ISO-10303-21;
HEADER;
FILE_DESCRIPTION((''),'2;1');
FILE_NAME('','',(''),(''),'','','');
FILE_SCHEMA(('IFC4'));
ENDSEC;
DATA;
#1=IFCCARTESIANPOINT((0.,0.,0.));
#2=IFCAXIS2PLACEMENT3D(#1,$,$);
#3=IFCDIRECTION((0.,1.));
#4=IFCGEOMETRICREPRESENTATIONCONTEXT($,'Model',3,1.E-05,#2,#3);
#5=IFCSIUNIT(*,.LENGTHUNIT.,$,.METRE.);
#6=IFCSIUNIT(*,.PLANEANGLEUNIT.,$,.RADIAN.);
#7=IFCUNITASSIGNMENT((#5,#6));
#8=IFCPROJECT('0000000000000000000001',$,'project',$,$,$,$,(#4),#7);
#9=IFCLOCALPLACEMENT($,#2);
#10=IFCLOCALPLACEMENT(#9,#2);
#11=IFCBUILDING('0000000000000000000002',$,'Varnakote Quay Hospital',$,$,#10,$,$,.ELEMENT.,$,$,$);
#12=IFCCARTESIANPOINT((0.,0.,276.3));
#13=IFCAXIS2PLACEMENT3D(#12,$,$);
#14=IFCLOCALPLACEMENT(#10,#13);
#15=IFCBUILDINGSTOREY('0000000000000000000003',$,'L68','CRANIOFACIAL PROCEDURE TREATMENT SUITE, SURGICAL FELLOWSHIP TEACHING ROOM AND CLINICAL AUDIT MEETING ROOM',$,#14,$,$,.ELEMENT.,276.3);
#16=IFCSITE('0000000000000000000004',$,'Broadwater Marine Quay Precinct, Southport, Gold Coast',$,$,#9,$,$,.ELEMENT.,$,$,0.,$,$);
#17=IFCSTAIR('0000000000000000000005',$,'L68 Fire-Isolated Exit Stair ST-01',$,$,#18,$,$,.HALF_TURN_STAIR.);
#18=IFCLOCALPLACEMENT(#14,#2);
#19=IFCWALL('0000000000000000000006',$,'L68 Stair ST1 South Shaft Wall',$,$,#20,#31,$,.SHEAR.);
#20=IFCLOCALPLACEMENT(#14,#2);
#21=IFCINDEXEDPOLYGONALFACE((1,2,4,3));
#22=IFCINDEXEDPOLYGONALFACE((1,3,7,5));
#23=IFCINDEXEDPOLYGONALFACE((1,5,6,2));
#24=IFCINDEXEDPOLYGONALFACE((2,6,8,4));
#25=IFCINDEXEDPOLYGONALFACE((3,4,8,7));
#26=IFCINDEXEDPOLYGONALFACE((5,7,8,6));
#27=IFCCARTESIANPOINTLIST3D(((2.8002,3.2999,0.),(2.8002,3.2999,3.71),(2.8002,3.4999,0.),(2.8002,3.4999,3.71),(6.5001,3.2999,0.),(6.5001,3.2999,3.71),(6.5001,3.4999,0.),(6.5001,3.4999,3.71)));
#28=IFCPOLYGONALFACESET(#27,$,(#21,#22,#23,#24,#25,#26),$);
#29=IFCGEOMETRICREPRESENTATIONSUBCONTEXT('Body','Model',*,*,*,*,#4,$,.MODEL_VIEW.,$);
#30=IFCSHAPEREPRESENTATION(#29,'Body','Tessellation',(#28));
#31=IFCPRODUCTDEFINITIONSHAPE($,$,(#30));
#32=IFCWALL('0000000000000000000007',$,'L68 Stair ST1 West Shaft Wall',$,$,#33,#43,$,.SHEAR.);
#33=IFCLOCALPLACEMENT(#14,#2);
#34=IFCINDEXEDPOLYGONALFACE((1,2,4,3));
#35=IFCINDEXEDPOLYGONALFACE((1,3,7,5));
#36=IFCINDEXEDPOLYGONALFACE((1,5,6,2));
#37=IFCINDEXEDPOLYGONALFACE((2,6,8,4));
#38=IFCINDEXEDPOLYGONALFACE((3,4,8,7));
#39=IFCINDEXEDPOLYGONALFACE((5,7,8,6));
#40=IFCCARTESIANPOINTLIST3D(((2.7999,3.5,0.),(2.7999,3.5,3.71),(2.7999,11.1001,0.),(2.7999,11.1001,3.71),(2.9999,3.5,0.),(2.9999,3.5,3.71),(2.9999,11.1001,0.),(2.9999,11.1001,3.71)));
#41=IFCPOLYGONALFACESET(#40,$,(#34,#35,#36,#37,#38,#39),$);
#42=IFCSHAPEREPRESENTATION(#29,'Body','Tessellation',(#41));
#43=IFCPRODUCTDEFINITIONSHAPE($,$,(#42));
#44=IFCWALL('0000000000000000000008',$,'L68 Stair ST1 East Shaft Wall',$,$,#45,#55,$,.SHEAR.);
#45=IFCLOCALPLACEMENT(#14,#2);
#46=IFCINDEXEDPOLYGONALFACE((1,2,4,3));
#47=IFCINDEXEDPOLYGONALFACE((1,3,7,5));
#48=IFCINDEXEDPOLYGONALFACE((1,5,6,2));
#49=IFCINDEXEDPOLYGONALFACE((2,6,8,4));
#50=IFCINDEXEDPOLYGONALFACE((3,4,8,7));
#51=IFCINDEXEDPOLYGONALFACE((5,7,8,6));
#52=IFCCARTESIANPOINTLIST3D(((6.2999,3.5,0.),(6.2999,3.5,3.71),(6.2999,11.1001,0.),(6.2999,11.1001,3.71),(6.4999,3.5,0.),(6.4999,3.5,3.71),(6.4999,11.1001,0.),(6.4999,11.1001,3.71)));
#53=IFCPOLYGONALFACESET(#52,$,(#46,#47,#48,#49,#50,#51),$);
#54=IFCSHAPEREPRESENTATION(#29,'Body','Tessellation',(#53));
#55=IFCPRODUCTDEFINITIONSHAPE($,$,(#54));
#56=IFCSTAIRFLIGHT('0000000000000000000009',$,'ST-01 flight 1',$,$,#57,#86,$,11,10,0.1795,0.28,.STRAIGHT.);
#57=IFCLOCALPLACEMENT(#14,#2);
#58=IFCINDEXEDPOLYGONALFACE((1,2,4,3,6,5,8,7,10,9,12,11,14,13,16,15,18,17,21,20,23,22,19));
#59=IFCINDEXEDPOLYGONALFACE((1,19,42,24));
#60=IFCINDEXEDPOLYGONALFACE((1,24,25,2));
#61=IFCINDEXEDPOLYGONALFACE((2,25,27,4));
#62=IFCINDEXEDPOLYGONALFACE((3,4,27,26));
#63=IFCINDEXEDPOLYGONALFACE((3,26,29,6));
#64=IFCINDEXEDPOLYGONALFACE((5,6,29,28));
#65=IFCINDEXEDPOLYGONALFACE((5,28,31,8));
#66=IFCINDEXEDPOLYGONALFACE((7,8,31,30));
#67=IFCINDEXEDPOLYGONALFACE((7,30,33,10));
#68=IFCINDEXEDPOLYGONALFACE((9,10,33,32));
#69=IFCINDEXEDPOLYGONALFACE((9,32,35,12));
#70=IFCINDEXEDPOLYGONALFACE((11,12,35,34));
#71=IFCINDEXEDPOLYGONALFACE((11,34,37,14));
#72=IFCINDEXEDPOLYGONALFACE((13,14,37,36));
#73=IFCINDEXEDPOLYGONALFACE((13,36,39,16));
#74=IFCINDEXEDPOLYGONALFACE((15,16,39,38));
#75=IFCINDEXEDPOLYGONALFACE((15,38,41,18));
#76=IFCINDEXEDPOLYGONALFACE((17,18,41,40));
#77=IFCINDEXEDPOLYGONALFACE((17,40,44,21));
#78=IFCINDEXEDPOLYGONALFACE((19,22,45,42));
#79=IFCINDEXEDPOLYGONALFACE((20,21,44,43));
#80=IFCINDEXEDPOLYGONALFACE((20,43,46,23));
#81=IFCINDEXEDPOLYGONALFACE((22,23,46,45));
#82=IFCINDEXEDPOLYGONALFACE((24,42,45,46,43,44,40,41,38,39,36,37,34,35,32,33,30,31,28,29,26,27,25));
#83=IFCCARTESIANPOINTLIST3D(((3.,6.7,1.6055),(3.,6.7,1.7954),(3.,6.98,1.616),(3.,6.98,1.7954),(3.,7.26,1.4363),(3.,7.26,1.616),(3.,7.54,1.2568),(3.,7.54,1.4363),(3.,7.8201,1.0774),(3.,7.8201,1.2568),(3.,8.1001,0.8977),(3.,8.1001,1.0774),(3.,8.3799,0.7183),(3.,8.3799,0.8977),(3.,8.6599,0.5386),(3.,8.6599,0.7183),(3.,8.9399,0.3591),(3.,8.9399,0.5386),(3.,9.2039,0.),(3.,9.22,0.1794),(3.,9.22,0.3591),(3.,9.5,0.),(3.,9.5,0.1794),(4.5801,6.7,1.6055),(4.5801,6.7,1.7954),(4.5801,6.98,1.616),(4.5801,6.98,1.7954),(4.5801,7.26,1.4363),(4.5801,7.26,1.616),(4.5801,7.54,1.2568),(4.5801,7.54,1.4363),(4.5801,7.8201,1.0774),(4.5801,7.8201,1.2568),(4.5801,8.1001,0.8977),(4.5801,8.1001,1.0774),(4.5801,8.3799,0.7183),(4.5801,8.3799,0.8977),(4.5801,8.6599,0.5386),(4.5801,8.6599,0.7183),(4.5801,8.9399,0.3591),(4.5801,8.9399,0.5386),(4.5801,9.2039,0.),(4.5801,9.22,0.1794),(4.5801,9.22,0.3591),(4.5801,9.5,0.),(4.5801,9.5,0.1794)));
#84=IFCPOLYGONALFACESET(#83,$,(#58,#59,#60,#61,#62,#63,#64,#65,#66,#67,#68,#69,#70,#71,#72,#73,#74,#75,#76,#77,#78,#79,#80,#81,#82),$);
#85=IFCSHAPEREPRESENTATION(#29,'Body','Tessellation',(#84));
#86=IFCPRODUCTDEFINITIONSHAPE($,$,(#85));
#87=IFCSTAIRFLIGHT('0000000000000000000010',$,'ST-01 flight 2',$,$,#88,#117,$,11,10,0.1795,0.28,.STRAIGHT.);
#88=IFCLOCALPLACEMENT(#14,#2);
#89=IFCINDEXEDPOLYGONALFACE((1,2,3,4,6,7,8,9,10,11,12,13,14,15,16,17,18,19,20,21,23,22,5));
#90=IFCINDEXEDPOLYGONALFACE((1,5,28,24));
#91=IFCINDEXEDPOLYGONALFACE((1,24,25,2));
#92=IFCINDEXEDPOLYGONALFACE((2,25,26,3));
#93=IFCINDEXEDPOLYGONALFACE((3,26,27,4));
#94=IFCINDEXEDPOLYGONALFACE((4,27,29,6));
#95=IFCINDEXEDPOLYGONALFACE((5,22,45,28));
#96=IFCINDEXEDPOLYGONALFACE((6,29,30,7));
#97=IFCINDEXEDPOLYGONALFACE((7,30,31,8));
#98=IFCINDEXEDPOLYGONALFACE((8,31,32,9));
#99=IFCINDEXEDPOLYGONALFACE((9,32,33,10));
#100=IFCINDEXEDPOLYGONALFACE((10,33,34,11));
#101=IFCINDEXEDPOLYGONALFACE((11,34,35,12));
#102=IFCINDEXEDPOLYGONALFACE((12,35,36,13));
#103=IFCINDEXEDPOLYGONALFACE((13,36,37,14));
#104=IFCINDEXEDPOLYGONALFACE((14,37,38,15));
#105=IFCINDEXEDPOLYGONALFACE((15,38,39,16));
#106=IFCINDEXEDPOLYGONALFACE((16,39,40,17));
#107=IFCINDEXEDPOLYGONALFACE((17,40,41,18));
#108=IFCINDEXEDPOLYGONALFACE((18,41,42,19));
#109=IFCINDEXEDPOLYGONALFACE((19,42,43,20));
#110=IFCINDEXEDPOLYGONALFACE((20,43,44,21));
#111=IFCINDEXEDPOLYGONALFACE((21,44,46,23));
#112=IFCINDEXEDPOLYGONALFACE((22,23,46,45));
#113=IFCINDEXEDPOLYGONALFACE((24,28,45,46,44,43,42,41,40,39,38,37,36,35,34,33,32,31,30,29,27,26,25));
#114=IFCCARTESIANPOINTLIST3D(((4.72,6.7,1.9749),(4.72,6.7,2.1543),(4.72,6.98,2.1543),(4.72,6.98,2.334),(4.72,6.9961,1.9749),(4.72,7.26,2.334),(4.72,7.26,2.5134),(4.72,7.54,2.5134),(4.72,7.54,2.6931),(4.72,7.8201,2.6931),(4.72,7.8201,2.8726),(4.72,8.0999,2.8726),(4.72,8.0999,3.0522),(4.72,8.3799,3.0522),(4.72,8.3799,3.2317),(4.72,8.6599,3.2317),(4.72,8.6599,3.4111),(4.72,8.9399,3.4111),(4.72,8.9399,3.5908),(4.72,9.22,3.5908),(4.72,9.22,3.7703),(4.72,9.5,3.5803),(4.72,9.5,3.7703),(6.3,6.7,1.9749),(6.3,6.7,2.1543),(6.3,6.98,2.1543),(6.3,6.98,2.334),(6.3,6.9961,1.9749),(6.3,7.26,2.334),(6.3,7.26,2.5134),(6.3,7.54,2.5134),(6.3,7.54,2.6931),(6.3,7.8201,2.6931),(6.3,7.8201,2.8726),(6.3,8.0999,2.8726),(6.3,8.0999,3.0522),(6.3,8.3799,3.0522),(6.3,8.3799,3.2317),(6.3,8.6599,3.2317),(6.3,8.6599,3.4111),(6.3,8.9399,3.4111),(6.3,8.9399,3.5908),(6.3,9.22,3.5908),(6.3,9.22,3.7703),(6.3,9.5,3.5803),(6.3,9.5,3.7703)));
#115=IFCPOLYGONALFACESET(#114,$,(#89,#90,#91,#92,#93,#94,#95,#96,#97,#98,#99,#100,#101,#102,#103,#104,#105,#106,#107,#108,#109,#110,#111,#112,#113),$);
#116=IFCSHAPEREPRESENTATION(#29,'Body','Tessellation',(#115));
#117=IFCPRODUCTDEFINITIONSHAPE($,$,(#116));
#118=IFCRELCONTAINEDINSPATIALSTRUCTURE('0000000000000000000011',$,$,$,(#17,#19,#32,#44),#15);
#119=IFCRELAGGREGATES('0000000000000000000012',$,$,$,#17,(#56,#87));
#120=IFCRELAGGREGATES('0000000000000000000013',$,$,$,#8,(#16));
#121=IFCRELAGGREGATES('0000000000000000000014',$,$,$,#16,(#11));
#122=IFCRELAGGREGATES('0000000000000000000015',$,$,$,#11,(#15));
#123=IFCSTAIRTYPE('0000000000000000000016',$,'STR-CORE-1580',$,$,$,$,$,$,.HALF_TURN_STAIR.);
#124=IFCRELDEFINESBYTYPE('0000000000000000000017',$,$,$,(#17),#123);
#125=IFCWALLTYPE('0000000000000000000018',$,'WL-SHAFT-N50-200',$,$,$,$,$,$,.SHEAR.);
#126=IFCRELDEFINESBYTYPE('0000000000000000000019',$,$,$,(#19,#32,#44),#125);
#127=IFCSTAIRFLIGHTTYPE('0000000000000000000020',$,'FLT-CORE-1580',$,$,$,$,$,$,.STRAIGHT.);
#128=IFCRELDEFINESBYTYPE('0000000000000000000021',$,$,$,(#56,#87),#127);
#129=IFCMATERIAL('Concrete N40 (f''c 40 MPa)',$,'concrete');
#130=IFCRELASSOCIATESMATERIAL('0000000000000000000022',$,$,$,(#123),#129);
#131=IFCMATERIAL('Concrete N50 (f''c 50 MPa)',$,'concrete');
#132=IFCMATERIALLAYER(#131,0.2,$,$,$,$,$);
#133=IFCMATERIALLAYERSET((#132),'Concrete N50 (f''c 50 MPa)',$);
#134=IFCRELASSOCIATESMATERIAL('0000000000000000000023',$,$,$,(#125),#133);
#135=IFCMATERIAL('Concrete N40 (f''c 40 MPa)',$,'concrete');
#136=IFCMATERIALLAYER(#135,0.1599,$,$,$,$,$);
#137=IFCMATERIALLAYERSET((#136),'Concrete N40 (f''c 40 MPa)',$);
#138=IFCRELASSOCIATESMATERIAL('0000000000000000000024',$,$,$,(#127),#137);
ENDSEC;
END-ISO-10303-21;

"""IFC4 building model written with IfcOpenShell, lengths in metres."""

from ifc_helpers import new_model, si_unit, direction, frame, frame_2d, origin, place, context, subcontext, project, spatial, polyline, rectangle, outline, extrude, material, layer, layer_set, type_object, element, aggregate, save


model = new_model("IFC4")

# Units and contexts
model_context = context("Model", 3, precision=1e-05, world=origin(), true_north=direction((0.0, 1.0)))
body_context = subcontext(model_context, "Body", "Model", "MODEL_VIEW")
ifc_project = project(units=[si_unit("LENGTHUNIT", "METRE"), si_unit("PLANEANGLEUNIT", "RADIAN")], contexts=[model_context])

# Site, building, storey
site_placement = place(None, origin())
site = spatial("IfcSite", under=ifc_project, at=site_placement, Name="Broadwater Marine Quay Precinct, Southport, Gold Coast", CompositionType="ELEMENT", RefElevation=0.0)
building_placement = place(site_placement, origin())
building = spatial("IfcBuilding", under=site, at=building_placement, Name="Varnakote Quay Hospital", CompositionType="ELEMENT")
storey_placement = place(building_placement, frame((0.0, 0.0, 276.3)))
storey = spatial("IfcBuildingStorey", under=building, at=storey_placement, Name="L68", Description="CRANIOFACIAL PROCEDURE TREATMENT SUITE, SURGICAL FELLOWSHIP TEACHING ROOM AND CLINICAL AUDIT MEETING ROOM", CompositionType="ELEMENT", Elevation=276.3)

# Stair
ifc_material_1 = material(Name="Concrete N40 (f'c 40 MPa)", Category="concrete")
stair_type = type_object("IfcStairType", Name="STR-CORE-1580", PredefinedType="HALF_TURN_STAIR", material=ifc_material_1)
stair_1_placement = place(storey_placement, origin())
stair_1 = element("IfcStair", 1, at=stair_1_placement, inside=storey, type_object=stair_type, Name="L68 Fire-Isolated Exit Stair ST-01", PredefinedType="HALF_TURN_STAIR")

# Walls
ifc_material_2 = material(Name="Concrete N50 (f'c 50 MPa)", Category="concrete")
ifc_layer_1 = layer(ifc_material_2, 0.2)
ifc_layer_set_1 = layer_set([ifc_layer_1], Name="Concrete N50 (f'c 50 MPa)")
wall_type_1 = type_object("IfcWallType", Name="WL-SHAFT-N50-200", PredefinedType="SHEAR", material=ifc_layer_set_1)
wall_1_placement = place(storey_placement, frame((2.8, 3.3999, 0.0), z_axis=(0.0, 0.0, 1.0), x_axis=(1.0, 0.0, 0.0)))
element("IfcWall", 2, at=wall_1_placement, inside=storey, type_object=wall_type_1, Name="L68 Stair ST1 South Shaft Wall", PredefinedType="SHEAR", context=body_context, shape_type="SweptSolid", body=[
    extrude(rectangle(XDim=3.7, YDim=0.2, at=frame_2d((1.8501, 0.0))), origin(), (0.0, 0.0, 1.0), 3.71),
])
for number, where, z_axis, x_axis, name in (
    (3, (2.8999, 3.5, 0.0), (0.0, 0.0, 1.0), (0.0, 1.0, 0.0), "L68 Stair ST1 West Shaft Wall"),
    (4, (6.3999, 3.5, 0.0), (0.0, 0.0, 1.0), (0.0, 1.0, 0.0), "L68 Stair ST1 East Shaft Wall"),
):
    element("IfcWall", number, at=place(storey_placement, frame(where, z_axis=z_axis, x_axis=x_axis)), inside=storey, type_object=wall_type_1, Name=name, PredefinedType="SHEAR", context=body_context, shape_type="SweptSolid", body=[
        extrude(rectangle(XDim=7.6001, YDim=0.2, at=frame_2d((3.8, 0.0))), origin(), (0.0, 0.0, 1.0), 3.71),
    ])

# Stair flights
ifc_material_3 = material(Name="Concrete N40 (f'c 40 MPa)", Category="concrete")
ifc_layer_2 = layer(ifc_material_3, 0.1599)
ifc_layer_set_2 = layer_set([ifc_layer_2], Name="Concrete N40 (f'c 40 MPa)")
stair_flight_type = type_object("IfcStairFlightType", Name="FLT-CORE-1580", PredefinedType="STRAIGHT", material=ifc_layer_set_2)
stair_flight_1_placement = place(storey_placement, frame((3.79, 9.5, 0.0), z_axis=(0.0, 0.0, 1.0), x_axis=(0.0, -1.0, 0.0)))
stair_flight_1 = element("IfcStairFlight", 5, at=stair_flight_1_placement, type_object=stair_flight_type, Name="ST-01 flight 1", NumberOfRisers=11, NumberOfTreads=10, PredefinedType="STRAIGHT", RiserHeight=0.1795, TreadLength=0.28, context=body_context, shape_type="SweptSolid", body=[
    extrude(outline(polyline([(0.0, 0.0), (0.0, 0.1794), (0.28, 0.1794), (0.28, 0.3591), (0.5601, 0.3591), (0.5601, 0.5386), (0.8401, 0.5386), (0.8401, 0.7183), (1.1201, 0.7183), (1.1201, 0.8977), (1.3999, 0.8977), (1.3999, 1.0774), (1.6799, 1.0774), (1.6799, 1.2568), (1.96, 1.2568), (1.96, 1.4363), (2.24, 1.4363), (2.24, 1.616), (2.52, 1.616), (2.52, 1.7954), (2.8, 1.7954), (2.8, 1.9751), (2.8, 1.6055), (0.2961, 0.0), (0.0, 0.0)])), frame((0.0, 0.79, 0.0), z_axis=(0.0, -1.0, 0.0), x_axis=(1.0, 0.0, 0.0)), (0.0, 0.0, 1.0), 1.5801),
])
stair_flight_2_placement = place(storey_placement, frame((5.51, 6.7, 1.9749), z_axis=(0.0, 0.0, 1.0), x_axis=(0.0, 1.0, 0.0)))
stair_flight_2 = element("IfcStairFlight", 6, at=stair_flight_2_placement, type_object=stair_flight_type, Name="ST-01 flight 2", NumberOfRisers=11, NumberOfTreads=10, PredefinedType="STRAIGHT", RiserHeight=0.1795, TreadLength=0.28, context=body_context, shape_type="SweptSolid", body=[
    extrude(outline(polyline([(0.0, 0.0), (0.0, 0.1794), (0.28, 0.1794), (0.28, 0.3591), (0.5601, 0.3591), (0.5601, 0.5386), (0.8401, 0.5386), (0.8401, 0.7183), (1.1201, 0.7183), (1.1201, 0.8977), (1.3999, 0.8977), (1.3999, 1.0774), (1.6799, 1.0774), (1.6799, 1.2568), (1.96, 1.2568), (1.96, 1.4363), (2.24, 1.4363), (2.24, 1.616), (2.52, 1.616), (2.52, 1.7954), (2.8, 1.7954), (2.8, 1.9751), (2.8, 1.6055), (0.2961, 0.0), (0.0, 0.0)])), frame((0.0, 0.79, 0.0), z_axis=(0.0, -1.0, 0.0), x_axis=(1.0, 0.0, 0.0)), (0.0, 0.0, 1.0), 1.5801),
])
aggregate(stair_1, [stair_flight_1, stair_flight_2])

save(model, "model.ifc")
